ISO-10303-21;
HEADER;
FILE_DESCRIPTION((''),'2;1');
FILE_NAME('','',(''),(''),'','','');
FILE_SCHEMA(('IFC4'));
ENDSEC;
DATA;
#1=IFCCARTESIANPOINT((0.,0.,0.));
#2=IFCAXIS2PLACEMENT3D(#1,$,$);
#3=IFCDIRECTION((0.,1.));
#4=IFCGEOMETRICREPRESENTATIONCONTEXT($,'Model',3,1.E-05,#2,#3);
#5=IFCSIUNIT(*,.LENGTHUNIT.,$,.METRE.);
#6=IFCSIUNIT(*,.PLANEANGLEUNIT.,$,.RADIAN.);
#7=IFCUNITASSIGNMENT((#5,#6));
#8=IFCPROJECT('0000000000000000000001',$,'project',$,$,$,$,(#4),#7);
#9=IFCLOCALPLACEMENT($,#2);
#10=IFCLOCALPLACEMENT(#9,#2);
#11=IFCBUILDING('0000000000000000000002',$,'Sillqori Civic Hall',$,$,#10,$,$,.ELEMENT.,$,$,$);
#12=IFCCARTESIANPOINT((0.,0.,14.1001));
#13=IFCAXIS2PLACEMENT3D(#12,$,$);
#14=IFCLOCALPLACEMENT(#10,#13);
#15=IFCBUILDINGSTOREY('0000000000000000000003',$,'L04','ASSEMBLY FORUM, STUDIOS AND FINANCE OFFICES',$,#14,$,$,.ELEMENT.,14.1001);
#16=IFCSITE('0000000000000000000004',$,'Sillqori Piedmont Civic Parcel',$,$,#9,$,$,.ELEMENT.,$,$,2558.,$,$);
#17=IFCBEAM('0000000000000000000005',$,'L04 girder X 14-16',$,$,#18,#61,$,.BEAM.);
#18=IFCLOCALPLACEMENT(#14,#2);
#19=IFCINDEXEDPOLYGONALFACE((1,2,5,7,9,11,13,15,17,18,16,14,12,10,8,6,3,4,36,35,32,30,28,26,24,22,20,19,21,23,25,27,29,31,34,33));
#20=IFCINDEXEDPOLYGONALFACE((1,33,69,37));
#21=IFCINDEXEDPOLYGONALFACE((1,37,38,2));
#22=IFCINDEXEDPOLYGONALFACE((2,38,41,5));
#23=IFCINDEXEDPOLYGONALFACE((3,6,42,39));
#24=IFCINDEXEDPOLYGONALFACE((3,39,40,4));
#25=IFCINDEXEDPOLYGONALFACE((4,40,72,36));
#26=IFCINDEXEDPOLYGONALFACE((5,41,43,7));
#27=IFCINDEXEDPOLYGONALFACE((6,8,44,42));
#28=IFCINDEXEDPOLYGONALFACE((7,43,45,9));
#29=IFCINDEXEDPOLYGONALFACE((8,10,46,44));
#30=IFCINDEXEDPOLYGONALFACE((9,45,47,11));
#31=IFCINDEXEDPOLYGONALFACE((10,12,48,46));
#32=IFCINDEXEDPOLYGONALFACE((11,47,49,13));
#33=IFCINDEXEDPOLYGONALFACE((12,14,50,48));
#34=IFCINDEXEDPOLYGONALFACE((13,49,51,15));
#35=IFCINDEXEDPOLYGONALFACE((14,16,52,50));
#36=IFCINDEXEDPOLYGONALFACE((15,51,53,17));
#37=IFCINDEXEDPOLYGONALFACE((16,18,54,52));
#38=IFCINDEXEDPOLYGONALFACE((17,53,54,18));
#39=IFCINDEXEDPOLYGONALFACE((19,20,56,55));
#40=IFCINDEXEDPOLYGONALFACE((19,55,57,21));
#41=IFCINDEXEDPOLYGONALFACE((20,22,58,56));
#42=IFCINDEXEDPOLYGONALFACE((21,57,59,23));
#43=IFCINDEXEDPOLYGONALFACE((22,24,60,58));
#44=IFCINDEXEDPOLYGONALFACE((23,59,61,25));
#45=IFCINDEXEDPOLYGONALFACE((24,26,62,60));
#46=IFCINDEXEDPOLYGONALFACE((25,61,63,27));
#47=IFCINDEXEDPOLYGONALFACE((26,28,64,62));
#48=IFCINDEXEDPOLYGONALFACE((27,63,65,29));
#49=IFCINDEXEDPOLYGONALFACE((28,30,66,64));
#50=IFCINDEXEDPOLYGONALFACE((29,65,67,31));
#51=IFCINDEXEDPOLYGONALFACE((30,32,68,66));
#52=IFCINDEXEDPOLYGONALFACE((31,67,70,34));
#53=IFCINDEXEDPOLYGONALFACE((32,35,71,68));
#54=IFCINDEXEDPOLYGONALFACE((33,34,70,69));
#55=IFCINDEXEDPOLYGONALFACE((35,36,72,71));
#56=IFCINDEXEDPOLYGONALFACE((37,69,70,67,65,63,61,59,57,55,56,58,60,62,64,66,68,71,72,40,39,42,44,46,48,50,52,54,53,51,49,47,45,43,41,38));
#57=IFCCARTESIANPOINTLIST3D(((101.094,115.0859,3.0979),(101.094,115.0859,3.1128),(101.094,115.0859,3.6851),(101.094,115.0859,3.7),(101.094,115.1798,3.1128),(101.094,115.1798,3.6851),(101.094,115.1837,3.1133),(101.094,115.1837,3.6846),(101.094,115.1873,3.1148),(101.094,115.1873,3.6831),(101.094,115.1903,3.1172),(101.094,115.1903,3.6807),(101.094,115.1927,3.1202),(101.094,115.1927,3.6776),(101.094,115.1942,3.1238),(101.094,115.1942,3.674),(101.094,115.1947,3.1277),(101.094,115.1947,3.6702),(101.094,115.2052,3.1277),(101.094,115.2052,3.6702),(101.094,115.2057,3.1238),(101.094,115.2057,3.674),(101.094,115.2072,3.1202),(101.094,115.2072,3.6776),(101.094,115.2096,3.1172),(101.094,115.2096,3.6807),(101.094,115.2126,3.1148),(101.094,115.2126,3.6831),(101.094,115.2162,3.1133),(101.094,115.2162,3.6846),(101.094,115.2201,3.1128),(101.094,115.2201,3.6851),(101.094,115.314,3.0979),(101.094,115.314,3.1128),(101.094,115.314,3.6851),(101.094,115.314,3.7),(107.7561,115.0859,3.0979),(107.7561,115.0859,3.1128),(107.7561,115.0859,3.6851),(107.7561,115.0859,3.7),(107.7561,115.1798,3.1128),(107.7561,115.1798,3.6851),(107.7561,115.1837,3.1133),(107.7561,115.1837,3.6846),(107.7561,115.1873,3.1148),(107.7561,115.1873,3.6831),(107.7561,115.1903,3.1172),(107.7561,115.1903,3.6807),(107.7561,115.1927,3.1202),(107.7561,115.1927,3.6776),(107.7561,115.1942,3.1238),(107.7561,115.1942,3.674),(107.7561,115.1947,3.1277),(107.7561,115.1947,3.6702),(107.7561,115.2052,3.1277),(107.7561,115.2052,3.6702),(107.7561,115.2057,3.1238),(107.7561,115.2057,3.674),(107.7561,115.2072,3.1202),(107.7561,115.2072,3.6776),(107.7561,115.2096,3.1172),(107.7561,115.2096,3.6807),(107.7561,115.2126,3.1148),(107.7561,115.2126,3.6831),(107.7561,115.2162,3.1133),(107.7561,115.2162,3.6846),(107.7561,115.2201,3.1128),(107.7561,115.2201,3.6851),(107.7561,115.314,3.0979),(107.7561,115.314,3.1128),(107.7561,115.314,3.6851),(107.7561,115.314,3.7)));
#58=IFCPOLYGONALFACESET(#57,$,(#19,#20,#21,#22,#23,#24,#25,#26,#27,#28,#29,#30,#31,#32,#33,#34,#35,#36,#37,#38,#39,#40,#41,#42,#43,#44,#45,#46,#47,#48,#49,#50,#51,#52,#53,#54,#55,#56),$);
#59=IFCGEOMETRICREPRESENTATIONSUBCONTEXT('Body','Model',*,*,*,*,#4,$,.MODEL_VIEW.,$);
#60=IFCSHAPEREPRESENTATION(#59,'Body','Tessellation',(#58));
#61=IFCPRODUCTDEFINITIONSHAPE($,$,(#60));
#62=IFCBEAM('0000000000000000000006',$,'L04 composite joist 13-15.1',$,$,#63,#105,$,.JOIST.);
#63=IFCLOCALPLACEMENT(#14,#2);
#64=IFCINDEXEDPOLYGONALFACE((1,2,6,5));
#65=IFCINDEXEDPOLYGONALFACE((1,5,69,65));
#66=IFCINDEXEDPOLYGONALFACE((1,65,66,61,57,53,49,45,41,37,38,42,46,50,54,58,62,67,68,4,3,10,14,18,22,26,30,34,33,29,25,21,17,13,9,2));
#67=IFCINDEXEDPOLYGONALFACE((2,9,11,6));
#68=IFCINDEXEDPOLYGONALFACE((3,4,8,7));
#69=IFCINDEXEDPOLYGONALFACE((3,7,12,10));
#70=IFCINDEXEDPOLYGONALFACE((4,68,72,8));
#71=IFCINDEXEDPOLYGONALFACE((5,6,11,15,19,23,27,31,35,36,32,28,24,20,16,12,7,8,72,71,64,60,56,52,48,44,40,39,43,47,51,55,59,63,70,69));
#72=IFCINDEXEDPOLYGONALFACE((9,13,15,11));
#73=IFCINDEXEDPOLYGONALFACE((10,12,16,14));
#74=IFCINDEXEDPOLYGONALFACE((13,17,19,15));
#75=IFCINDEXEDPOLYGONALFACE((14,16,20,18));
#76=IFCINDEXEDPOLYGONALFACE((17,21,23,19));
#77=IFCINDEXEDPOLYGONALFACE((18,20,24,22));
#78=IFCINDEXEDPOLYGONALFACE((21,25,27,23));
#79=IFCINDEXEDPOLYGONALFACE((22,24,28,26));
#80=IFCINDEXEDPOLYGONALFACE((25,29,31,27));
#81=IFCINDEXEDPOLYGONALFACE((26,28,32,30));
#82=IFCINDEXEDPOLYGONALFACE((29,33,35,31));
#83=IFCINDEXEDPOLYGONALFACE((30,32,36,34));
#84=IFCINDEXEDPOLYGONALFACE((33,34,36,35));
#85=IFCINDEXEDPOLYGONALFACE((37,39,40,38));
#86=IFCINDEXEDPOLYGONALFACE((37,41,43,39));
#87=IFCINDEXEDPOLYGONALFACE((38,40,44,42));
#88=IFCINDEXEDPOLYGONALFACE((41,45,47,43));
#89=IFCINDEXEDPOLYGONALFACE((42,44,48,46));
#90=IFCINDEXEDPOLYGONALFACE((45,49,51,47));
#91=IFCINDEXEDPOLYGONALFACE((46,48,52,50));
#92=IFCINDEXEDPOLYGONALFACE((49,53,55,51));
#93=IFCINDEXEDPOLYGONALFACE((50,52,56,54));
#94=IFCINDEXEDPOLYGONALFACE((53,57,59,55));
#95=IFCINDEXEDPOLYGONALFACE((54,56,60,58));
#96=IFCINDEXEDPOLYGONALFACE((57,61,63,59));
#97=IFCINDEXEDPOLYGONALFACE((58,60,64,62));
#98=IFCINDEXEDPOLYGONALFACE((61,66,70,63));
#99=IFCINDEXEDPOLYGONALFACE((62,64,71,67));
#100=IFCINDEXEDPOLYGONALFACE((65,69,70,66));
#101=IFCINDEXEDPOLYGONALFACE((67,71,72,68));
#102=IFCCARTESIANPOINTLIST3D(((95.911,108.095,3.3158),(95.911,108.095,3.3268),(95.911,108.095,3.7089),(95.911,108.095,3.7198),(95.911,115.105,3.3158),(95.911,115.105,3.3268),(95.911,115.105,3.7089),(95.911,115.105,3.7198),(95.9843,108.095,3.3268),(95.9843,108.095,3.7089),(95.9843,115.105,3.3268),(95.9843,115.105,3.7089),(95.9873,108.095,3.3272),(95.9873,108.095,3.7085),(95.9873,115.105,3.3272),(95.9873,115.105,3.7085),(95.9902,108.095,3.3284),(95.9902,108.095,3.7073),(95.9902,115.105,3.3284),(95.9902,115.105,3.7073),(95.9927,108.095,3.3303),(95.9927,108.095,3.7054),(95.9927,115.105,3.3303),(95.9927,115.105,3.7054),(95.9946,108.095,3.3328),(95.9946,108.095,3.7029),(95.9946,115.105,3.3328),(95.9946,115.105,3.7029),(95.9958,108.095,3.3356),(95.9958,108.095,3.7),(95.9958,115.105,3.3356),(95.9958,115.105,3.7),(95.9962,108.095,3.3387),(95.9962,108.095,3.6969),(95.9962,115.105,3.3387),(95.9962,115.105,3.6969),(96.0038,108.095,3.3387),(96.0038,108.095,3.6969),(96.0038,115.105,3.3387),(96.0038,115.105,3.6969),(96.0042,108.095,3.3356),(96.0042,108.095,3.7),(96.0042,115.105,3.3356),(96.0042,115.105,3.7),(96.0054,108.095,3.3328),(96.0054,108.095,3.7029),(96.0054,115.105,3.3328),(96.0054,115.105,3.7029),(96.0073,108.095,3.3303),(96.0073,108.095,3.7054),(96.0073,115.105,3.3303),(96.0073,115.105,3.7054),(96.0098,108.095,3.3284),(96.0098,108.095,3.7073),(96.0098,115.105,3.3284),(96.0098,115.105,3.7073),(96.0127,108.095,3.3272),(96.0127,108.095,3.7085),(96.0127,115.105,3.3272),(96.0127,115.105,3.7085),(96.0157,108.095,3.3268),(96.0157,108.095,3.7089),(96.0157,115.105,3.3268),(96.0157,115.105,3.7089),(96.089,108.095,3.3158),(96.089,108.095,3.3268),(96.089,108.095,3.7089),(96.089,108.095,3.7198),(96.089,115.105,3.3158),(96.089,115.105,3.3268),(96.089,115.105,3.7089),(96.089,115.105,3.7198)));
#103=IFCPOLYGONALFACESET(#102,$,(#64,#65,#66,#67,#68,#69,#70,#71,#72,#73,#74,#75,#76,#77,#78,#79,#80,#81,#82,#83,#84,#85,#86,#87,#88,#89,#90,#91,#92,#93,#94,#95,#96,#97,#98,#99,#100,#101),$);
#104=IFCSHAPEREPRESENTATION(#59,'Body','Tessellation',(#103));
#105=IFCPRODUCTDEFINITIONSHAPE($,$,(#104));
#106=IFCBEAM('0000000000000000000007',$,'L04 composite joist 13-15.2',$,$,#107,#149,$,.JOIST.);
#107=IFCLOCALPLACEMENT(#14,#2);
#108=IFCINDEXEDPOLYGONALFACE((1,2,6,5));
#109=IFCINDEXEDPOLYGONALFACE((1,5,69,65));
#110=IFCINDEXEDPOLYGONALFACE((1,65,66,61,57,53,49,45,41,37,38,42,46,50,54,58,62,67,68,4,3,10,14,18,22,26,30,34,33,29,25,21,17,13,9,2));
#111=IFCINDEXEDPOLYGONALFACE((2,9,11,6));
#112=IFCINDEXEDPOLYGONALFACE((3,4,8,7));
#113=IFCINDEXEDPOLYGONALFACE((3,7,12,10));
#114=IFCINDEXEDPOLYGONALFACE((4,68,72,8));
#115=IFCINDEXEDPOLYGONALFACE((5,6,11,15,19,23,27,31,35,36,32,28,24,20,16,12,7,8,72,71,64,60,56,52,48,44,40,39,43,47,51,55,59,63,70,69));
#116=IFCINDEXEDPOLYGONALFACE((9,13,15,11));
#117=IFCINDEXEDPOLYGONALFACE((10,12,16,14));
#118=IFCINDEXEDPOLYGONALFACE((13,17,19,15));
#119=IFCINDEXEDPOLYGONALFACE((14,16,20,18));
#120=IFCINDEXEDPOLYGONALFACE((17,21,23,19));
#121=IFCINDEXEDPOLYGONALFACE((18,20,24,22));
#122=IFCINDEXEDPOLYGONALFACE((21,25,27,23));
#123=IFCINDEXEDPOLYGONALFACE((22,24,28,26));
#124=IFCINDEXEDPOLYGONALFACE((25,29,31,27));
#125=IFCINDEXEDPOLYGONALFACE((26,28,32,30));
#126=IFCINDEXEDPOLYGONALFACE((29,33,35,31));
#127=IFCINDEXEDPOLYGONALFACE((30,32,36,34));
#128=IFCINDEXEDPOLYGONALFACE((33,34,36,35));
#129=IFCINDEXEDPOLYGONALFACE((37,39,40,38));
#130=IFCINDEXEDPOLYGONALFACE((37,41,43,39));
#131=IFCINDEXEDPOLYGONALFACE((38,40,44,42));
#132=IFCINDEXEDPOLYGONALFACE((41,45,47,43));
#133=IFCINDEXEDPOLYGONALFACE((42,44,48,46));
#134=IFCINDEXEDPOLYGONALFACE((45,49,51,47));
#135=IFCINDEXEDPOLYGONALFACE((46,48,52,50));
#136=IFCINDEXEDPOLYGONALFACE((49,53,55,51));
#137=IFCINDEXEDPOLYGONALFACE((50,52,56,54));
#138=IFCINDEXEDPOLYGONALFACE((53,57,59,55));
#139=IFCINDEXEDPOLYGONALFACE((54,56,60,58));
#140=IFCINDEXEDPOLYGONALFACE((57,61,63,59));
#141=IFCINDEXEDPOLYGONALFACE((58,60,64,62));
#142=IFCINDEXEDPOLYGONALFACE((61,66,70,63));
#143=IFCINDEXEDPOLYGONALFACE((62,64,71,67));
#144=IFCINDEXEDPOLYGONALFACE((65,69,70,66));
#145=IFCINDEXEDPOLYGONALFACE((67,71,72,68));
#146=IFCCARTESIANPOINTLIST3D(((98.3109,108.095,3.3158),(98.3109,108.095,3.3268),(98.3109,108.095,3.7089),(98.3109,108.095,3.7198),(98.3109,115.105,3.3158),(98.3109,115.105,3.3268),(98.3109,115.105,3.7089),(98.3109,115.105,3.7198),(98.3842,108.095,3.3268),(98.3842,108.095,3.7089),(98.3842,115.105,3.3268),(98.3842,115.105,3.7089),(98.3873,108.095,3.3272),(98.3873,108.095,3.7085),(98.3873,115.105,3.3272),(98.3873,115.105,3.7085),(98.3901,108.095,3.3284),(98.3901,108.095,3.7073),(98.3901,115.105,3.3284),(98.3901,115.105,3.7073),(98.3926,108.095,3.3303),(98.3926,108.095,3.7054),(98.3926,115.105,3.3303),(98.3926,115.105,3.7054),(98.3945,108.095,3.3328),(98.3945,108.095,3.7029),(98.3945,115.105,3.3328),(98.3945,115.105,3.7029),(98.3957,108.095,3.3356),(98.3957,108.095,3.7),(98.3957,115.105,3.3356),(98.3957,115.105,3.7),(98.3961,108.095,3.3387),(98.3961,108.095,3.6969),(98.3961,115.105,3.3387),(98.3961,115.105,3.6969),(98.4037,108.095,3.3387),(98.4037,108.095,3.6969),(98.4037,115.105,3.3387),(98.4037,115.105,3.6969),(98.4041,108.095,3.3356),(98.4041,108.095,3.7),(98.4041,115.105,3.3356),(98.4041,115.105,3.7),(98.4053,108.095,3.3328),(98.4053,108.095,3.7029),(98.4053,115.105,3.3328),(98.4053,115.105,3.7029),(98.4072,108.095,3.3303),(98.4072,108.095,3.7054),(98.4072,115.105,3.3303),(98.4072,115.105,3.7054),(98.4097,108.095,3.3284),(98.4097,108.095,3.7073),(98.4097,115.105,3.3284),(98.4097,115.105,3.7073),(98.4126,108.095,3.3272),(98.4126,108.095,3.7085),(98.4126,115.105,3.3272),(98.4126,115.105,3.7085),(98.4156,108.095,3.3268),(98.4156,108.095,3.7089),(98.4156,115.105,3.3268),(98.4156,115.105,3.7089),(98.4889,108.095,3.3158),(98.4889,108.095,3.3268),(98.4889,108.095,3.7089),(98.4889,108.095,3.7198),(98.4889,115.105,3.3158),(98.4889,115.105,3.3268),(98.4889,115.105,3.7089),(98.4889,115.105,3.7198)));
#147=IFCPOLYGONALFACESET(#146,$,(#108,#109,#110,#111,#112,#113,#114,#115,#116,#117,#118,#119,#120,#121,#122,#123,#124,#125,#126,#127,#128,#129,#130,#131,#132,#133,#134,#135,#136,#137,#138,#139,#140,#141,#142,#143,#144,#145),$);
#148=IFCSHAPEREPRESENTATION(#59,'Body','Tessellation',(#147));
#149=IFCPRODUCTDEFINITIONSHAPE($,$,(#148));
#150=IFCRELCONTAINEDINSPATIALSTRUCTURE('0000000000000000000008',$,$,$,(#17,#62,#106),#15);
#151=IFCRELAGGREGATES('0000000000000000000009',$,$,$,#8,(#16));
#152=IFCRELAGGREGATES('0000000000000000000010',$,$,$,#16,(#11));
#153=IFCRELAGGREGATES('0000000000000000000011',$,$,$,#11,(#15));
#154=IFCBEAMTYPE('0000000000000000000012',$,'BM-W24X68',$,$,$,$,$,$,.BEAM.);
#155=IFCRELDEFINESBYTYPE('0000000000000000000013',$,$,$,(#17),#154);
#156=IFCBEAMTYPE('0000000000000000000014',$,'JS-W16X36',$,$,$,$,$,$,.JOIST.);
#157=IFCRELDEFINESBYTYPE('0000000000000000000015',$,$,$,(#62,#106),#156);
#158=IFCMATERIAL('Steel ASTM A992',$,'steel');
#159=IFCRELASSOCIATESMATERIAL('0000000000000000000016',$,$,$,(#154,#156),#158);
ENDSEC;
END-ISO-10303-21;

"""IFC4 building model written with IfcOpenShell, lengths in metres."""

from ifc_helpers import new_model, si_unit, direction, frame, origin, origin_2d, place, context, subcontext, project, spatial, i_section, extrude, material, material_profile, profile_set, type_object, element, save


model = new_model("IFC4")

# Units and contexts
model_context = context("Model", 3, precision=1e-05, world=origin(), true_north=direction((0.0, 1.0)))
body_context = subcontext(model_context, "Body", "Model", "MODEL_VIEW")
ifc_project = project(units=[si_unit("LENGTHUNIT", "METRE"), si_unit("PLANEANGLEUNIT", "RADIAN")], contexts=[model_context])

# Site, building, storey
site_placement = place(None, origin())
site = spatial("IfcSite", under=ifc_project, at=site_placement, Name="Sillqori Piedmont Civic Parcel", CompositionType="ELEMENT", RefElevation=2558.0)
building_placement = place(site_placement, origin())
building = spatial("IfcBuilding", under=site, at=building_placement, Name="Sillqori Civic Hall", CompositionType="ELEMENT")
storey_placement = place(building_placement, frame((0.0, 0.0, 14.1001)))
storey = spatial("IfcBuildingStorey", under=building, at=storey_placement, Name="L04", Description="ASSEMBLY FORUM, STUDIOS AND FINANCE OFFICES", CompositionType="ELEMENT", Elevation=14.1001)

# Beam
ifc_material_1 = material(Name="Steel ASTM A992", Category="steel")
ifc_material_profile_1 = material_profile(ifc_material_1, i_section(OverallWidth=0.228, OverallDepth=0.6021, WebThickness=0.0105, FlangeThickness=0.0149, FilletRadius=0.0149, at=origin_2d()), Name="W24X68")
ifc_profile_set_1 = profile_set([ifc_material_profile_1], Name="Steel ASTM A992")
beam_type_1 = type_object("IfcBeamType", Name="BM-W24X68", PredefinedType="BEAM", material=ifc_profile_set_1)
beam_1_placement = place(storey_placement, frame((101.094, 115.2, 3.3989), z_axis=(1.0, 0.0, 0.0), x_axis=(0.0, 1.0, 0.0)))
element("IfcBeam", 1, at=beam_1_placement, inside=storey, type_object=beam_type_1, Name="L04 girder X 14-16", PredefinedType="BEAM", context=body_context, shape_type="SweptSolid", body=[
    extrude(i_section(OverallWidth=0.228, OverallDepth=0.6021, WebThickness=0.0105, FlangeThickness=0.0149, FilletRadius=0.0149, at=origin_2d()), origin(), (0.0, 0.0, 1.0), 6.6621),
])

# Beams
ifc_material_profile_2 = material_profile(ifc_material_1, i_section(OverallWidth=0.178, OverallDepth=0.4041, WebThickness=0.0076, FlangeThickness=0.011, FilletRadius=0.012, at=origin_2d()), Name="W16X36")
ifc_profile_set_2 = profile_set([ifc_material_profile_2], Name="Steel ASTM A992")
beam_type_2 = type_object("IfcBeamType", Name="JS-W16X36", PredefinedType="JOIST", material=ifc_profile_set_2)
for number, where, z_axis, x_axis, name in (
    (2, (96.0, 108.095, 3.5178), (0.0, 1.0, 0.0), (-1.0, 0.0, 0.0), "L04 composite joist 13-15.1"),
    (3, (98.3999, 108.095, 3.5178), (0.0, 1.0, 0.0), (-1.0, 0.0, 0.0), "L04 composite joist 13-15.2"),
):
    element("IfcBeam", number, at=place(storey_placement, frame(where, z_axis=z_axis, x_axis=x_axis)), inside=storey, type_object=beam_type_2, Name=name, PredefinedType="JOIST", context=body_context, shape_type="SweptSolid", body=[
        extrude(i_section(OverallWidth=0.178, OverallDepth=0.4041, WebThickness=0.0076, FlangeThickness=0.011, FilletRadius=0.012, at=origin_2d()), origin(), (0.0, 0.0, 1.0), 7.01),
    ])

save(model, "model.ifc")
